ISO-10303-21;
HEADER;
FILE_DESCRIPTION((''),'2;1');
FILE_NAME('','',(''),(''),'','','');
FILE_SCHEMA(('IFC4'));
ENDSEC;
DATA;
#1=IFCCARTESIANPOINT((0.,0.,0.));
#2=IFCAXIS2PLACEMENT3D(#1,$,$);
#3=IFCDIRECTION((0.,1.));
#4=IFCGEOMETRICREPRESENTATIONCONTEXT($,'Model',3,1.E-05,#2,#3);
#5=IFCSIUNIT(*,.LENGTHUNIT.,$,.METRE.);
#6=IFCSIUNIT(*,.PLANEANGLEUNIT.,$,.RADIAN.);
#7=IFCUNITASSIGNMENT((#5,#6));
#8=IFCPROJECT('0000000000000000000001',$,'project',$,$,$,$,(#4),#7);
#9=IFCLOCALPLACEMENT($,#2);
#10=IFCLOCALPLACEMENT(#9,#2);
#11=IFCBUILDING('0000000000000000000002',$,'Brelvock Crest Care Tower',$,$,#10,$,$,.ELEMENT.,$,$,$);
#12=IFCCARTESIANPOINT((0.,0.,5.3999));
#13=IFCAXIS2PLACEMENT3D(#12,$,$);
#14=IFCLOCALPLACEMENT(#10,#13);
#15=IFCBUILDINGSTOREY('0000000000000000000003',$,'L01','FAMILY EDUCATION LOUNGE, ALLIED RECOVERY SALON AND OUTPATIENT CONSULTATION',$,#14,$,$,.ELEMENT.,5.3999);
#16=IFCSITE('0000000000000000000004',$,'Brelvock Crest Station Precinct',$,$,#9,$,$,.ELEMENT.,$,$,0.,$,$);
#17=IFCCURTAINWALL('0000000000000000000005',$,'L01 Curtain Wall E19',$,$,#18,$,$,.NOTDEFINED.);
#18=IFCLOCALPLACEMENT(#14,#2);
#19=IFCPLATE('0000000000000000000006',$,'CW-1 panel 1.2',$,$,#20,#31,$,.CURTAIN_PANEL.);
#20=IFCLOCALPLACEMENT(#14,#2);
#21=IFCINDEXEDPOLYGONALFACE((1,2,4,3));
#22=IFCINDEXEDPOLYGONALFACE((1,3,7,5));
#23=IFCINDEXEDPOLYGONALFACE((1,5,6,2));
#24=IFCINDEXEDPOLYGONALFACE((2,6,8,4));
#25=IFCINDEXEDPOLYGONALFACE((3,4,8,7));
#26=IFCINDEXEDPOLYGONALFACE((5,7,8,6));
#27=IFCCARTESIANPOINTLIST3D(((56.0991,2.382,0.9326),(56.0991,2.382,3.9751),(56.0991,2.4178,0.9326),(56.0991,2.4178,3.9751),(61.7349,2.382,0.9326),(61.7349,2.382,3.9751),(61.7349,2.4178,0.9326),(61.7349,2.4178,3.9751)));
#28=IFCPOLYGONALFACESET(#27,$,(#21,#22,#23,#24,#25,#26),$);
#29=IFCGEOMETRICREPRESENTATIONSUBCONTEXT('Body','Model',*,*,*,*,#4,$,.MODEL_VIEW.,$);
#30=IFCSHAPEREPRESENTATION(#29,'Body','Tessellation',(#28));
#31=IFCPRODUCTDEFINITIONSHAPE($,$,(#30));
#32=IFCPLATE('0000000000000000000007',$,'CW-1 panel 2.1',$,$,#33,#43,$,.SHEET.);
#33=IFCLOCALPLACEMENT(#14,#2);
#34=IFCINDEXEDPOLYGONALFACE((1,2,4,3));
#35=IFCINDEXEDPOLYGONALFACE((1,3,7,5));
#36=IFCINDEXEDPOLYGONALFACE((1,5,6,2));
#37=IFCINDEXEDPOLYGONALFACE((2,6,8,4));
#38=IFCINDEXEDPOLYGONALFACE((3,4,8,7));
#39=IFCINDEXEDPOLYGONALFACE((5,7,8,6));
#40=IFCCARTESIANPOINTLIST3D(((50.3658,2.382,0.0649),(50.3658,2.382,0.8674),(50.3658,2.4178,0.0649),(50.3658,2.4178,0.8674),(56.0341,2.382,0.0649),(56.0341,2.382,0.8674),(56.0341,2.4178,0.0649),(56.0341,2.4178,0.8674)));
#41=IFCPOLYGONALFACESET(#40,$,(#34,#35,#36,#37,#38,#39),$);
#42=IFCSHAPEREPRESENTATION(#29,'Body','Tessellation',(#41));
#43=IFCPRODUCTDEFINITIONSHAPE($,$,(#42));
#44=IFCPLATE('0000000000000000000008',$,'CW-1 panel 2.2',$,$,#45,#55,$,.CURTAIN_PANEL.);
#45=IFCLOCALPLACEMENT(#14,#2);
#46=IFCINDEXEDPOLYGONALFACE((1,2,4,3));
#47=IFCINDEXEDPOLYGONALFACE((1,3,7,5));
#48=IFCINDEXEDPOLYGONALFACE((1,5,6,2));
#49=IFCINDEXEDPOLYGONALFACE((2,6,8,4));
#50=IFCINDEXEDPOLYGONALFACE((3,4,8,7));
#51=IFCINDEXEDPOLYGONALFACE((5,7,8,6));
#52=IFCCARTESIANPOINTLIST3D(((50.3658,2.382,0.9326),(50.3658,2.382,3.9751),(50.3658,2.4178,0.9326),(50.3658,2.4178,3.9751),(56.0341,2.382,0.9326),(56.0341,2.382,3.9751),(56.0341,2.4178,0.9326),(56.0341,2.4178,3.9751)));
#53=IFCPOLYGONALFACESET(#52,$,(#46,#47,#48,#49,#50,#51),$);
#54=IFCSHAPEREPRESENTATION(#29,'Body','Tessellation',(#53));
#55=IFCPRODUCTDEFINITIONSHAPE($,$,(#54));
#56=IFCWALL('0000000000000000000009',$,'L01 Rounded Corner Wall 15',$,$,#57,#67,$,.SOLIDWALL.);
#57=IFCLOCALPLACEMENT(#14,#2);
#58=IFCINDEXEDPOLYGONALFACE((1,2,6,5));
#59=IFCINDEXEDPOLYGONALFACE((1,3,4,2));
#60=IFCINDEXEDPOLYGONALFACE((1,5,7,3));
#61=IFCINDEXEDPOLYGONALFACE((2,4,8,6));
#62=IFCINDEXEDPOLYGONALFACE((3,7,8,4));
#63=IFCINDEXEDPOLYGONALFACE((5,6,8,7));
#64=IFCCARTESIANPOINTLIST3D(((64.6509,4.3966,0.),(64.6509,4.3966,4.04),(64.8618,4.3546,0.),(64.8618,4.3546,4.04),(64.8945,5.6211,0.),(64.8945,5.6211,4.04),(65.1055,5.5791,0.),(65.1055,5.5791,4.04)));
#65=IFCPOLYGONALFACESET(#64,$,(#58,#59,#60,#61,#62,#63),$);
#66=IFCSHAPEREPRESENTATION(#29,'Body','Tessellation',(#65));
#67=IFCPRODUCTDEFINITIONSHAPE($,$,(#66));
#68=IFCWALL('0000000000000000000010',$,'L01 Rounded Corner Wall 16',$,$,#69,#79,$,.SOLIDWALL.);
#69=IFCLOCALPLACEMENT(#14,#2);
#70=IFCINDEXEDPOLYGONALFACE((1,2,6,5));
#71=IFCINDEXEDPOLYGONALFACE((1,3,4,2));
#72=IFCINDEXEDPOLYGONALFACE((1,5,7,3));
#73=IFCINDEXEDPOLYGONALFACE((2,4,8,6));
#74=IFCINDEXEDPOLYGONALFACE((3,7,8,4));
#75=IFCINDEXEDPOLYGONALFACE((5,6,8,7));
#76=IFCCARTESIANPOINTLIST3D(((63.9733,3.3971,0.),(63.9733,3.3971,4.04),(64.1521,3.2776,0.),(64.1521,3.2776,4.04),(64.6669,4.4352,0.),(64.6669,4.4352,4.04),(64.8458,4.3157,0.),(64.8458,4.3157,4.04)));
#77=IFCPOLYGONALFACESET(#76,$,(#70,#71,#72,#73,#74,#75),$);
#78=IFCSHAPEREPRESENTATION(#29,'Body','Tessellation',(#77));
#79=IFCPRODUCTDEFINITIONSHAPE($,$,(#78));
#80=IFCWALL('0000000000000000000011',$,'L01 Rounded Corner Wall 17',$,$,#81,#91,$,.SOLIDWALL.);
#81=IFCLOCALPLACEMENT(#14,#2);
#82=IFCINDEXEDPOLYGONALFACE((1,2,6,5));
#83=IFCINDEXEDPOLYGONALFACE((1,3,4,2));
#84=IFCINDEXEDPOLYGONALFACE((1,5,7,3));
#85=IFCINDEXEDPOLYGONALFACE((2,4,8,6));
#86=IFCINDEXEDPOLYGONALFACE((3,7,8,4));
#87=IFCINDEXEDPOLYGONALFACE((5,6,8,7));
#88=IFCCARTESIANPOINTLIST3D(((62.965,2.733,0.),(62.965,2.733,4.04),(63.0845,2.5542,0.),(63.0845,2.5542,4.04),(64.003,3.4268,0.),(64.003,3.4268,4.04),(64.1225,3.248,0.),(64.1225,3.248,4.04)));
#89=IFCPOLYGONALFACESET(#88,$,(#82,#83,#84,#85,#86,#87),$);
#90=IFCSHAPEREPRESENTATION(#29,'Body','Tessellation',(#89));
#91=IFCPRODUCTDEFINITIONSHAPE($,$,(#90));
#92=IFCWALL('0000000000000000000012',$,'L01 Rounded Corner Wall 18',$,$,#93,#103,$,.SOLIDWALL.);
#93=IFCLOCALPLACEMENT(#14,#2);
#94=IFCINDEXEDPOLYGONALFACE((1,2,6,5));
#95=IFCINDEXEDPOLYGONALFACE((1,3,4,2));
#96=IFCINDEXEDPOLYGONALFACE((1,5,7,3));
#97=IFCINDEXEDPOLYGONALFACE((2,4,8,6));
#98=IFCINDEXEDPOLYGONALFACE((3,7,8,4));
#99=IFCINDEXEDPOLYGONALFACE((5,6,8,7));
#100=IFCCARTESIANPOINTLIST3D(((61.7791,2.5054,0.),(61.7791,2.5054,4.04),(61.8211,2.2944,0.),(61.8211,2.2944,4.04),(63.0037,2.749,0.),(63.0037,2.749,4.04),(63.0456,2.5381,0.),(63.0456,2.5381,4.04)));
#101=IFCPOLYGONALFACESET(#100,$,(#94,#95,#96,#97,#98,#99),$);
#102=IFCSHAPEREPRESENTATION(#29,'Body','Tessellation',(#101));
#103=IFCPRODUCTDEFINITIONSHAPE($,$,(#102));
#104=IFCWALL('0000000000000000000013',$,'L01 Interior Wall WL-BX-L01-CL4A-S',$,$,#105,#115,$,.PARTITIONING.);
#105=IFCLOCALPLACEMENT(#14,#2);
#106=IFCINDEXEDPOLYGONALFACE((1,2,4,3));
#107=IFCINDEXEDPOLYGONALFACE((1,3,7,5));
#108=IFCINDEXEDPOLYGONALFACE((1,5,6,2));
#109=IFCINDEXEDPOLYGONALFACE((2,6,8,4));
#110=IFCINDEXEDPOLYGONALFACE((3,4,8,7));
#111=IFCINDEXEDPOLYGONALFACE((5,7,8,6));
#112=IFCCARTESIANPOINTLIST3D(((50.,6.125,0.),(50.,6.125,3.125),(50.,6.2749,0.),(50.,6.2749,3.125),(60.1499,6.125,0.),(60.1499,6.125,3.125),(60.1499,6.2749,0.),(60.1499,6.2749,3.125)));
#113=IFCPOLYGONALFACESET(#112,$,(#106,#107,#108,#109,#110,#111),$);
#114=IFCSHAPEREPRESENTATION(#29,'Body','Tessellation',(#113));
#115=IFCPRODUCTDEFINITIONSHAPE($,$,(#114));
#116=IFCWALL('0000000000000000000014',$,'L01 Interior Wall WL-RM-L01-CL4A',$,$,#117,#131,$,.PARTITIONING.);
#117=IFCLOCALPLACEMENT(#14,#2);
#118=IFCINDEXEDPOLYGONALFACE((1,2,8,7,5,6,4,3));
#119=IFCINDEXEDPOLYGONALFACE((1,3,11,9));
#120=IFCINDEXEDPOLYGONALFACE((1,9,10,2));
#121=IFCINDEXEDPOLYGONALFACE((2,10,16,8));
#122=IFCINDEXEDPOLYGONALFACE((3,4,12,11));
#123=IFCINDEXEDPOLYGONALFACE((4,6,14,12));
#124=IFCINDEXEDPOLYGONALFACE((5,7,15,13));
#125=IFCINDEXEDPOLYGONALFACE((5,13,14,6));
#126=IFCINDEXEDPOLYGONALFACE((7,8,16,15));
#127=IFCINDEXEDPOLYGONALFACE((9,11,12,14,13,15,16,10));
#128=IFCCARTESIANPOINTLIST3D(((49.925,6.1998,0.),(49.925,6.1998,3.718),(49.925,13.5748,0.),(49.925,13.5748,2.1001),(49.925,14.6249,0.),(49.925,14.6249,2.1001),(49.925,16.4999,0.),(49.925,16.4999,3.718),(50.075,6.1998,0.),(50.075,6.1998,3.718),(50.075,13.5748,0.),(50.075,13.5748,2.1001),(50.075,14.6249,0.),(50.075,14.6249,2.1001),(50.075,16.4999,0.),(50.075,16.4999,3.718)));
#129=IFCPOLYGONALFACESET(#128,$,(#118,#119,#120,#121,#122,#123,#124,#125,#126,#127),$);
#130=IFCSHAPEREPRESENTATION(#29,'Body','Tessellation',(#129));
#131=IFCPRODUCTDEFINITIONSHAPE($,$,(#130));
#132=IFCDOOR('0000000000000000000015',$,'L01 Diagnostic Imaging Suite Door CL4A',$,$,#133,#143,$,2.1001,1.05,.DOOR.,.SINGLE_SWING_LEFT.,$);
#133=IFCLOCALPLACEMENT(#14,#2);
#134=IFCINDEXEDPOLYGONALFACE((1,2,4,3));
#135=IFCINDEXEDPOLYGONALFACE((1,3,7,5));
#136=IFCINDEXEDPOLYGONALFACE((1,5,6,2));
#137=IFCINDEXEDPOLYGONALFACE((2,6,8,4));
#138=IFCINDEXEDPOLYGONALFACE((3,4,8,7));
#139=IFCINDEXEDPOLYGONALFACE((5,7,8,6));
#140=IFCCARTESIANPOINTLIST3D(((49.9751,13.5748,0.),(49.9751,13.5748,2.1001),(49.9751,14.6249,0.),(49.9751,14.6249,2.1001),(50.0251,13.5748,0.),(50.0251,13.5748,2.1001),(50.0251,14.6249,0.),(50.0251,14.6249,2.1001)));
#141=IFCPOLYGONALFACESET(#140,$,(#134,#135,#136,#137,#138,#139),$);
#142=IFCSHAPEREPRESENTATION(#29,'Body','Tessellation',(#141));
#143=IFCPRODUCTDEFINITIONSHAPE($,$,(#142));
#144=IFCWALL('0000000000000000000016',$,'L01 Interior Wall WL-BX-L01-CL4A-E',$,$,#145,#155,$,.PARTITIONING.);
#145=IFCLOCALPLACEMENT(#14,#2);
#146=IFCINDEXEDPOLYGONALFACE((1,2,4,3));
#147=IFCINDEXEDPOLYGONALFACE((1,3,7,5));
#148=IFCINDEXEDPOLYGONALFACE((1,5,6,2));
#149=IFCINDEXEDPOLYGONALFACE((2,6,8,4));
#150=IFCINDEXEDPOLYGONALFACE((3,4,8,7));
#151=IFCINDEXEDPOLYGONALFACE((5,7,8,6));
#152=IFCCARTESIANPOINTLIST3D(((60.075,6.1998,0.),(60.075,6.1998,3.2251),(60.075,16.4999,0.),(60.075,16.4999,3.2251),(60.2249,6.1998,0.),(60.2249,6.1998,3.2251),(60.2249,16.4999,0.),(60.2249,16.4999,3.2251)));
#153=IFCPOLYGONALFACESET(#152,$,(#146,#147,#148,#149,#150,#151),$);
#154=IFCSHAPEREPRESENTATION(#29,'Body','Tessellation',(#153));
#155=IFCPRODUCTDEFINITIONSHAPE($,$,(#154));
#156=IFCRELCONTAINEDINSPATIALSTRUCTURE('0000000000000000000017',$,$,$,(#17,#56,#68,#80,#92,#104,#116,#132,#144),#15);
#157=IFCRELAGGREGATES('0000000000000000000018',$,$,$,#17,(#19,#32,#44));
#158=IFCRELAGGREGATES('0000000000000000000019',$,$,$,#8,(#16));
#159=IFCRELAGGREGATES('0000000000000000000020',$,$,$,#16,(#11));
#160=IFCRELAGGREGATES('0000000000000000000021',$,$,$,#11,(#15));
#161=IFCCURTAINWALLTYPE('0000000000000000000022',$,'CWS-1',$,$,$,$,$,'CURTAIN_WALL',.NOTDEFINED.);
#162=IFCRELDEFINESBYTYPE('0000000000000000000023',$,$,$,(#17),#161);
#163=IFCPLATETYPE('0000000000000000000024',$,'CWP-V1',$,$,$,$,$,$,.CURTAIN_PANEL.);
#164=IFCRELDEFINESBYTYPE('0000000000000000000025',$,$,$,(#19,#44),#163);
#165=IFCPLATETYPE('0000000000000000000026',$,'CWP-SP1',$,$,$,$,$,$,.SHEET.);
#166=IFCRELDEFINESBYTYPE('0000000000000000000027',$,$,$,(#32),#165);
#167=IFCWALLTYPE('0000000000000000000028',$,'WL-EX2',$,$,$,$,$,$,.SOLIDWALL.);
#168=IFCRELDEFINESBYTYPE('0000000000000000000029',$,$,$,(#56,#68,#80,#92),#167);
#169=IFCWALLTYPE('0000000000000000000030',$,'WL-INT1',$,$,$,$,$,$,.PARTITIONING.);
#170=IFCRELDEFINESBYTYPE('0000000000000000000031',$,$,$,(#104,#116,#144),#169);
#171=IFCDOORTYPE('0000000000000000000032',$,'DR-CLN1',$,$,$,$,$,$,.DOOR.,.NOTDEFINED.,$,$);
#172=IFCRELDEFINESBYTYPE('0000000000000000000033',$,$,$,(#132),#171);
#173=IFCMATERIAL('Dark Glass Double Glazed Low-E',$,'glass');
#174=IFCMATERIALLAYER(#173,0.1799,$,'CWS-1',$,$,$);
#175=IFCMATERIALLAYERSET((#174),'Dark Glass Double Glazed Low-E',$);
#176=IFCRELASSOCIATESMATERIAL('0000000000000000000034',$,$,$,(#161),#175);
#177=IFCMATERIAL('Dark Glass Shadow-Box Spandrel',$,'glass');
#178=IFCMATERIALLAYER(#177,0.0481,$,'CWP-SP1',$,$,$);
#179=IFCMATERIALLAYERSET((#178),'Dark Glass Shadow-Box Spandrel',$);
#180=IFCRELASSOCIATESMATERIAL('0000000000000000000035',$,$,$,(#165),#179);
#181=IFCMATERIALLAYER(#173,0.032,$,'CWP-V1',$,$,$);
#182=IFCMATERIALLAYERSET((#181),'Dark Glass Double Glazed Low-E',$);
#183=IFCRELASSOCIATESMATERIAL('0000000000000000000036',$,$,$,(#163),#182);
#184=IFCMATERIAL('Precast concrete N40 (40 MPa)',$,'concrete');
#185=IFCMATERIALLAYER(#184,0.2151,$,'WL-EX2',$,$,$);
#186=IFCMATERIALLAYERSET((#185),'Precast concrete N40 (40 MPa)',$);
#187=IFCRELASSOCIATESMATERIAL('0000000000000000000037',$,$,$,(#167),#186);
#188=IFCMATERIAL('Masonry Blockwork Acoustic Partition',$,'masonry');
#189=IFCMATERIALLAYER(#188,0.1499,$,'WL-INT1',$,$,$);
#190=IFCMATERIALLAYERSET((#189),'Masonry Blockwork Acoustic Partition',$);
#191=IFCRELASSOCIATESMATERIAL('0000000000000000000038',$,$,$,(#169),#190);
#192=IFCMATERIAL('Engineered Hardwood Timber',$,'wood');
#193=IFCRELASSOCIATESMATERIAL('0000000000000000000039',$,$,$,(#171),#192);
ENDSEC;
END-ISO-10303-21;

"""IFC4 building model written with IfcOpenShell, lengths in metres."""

from ifc_helpers import new_model, si_unit, direction, frame, frame_2d, origin, origin_2d, place, context, subcontext, project, spatial, rectangle, extrude, source, transform, mapped, material, layer, layer_set, type_object, element, fill, aggregate, save


model = new_model("IFC4")

# Units and contexts
model_context = context("Model", 3, precision=1e-05, world=origin(), true_north=direction((0.0, 1.0)))
body_context = subcontext(model_context, "Body", "Model", "MODEL_VIEW")
ifc_project = project(units=[si_unit("LENGTHUNIT", "METRE"), si_unit("PLANEANGLEUNIT", "RADIAN")], contexts=[model_context])

# Site, building, storey
site_placement = place(None, origin())
site = spatial("IfcSite", under=ifc_project, at=site_placement, Name="Brelvock Crest Station Precinct", CompositionType="ELEMENT", RefElevation=0.0)
building_placement = place(site_placement, origin())
building = spatial("IfcBuilding", under=site, at=building_placement, Name="Brelvock Crest Care Tower", CompositionType="ELEMENT")
storey_placement = place(building_placement, frame((0.0, 0.0, 5.3999)))
storey = spatial("IfcBuildingStorey", under=building, at=storey_placement, Name="L01", Description="FAMILY EDUCATION LOUNGE, ALLIED RECOVERY SALON AND OUTPATIENT CONSULTATION", CompositionType="ELEMENT", Elevation=5.3999)

# Curtain wall
ifc_material_1 = material(Name="Dark Glass Double Glazed Low-E", Category="glass")
ifc_layer_1 = layer(ifc_material_1, 0.1799, Name="CWS-1")
ifc_layer_set_1 = layer_set([ifc_layer_1], Name="Dark Glass Double Glazed Low-E")
curtain_wall_type = type_object("IfcCurtainWallType", Name="CWS-1", ElementType="CURTAIN_WALL", PredefinedType="NOTDEFINED", material=ifc_layer_set_1)
curtain_wall_1_placement = place(storey_placement, origin())
curtain_wall_1 = element("IfcCurtainWall", 1, at=curtain_wall_1_placement, inside=storey, type_object=curtain_wall_type, Name="L01 Curtain Wall E19", PredefinedType="NOTDEFINED")

# Plates
ifc_material_2 = material(Name="Dark Glass Shadow-Box Spandrel", Category="glass")
ifc_layer_2 = layer(ifc_material_2, 0.0481, Name="CWP-SP1")
ifc_layer_set_2 = layer_set([ifc_layer_2], Name="Dark Glass Shadow-Box Spandrel")
plate_type_1 = type_object("IfcPlateType", Name="CWP-SP1", PredefinedType="SHEET", material=ifc_layer_set_2)
ifc_layer_3 = layer(ifc_material_1, 0.032, Name="CWP-V1")
ifc_layer_set_3 = layer_set([ifc_layer_3], Name="Dark Glass Double Glazed Low-E")
plate_type_2 = type_object("IfcPlateType", Name="CWP-V1", PredefinedType="CURTAIN_PANEL", material=ifc_layer_set_3)
shared_shape_1 = source(origin(), body_context, "Body", "SweptSolid", [
    extrude(rectangle(XDim=5.6357, YDim=0.0359, at=origin_2d()), origin(), (0.0, 0.0, 1.0), 3.0425),
])
plate_1_placement = place(storey_placement, frame((58.917, 2.3999, 0.9326), z_axis=(0.0, 0.0, 1.0), x_axis=(-1.0, 0.0, 0.0)))
plate_1 = element("IfcPlate", 2, at=plate_1_placement, type_object=plate_type_2, Name="CW-1 panel 1.2", PredefinedType="CURTAIN_PANEL", context=body_context, shape_type="MappedRepresentation", body=[
    mapped(shared_shape_1, transform((0.0, 0.0, 0.0), x_axis=(1.0, 0.0, 0.0), y_axis=(0.0, 1.0, 0.0), z_axis=(0.0, 0.0, 1.0), scale=1.0)),
])
shared_shape_2 = source(origin(), body_context, "Body", "SweptSolid", [
    extrude(rectangle(XDim=5.6682, YDim=0.0359, at=origin_2d()), origin(), (0.0, 0.0, 1.0), 0.8025),
])
plate_2_placement = place(storey_placement, frame((53.2, 2.3999, 0.0649), z_axis=(0.0, 0.0, 1.0), x_axis=(-1.0, 0.0, 0.0)))
plate_2 = element("IfcPlate", 3, at=plate_2_placement, type_object=plate_type_1, Name="CW-1 panel 2.1", PredefinedType="SHEET", context=body_context, shape_type="MappedRepresentation", body=[
    mapped(shared_shape_2, transform((0.0, 0.0, 0.0), x_axis=(1.0, 0.0, 0.0), y_axis=(0.0, 1.0, 0.0), z_axis=(0.0, 0.0, 1.0), scale=1.0)),
])
shared_shape_3 = source(origin(), body_context, "Body", "SweptSolid", [
    extrude(rectangle(XDim=5.6682, YDim=0.0359, at=origin_2d()), origin(), (0.0, 0.0, 1.0), 3.0425),
])
plate_3_placement = place(storey_placement, frame((53.2, 2.3999, 0.9326), z_axis=(0.0, 0.0, 1.0), x_axis=(-1.0, 0.0, 0.0)))
plate_3 = element("IfcPlate", 4, at=plate_3_placement, type_object=plate_type_2, Name="CW-1 panel 2.2", PredefinedType="CURTAIN_PANEL", context=body_context, shape_type="MappedRepresentation", body=[
    mapped(shared_shape_3, transform((0.0, 0.0, 0.0), x_axis=(1.0, 0.0, 0.0), y_axis=(0.0, 1.0, 0.0), z_axis=(0.0, 0.0, 1.0), scale=1.0)),
])
aggregate(curtain_wall_1, [plate_1, plate_2, plate_3])

# Walls
ifc_material_3 = material(Name="Precast concrete N40 (40 MPa)", Category="concrete")
ifc_layer_4 = layer(ifc_material_3, 0.2151, Name="WL-EX2")
ifc_layer_set_4 = layer_set([ifc_layer_4], Name="Precast concrete N40 (40 MPa)")
wall_type_1 = type_object("IfcWallType", Name="WL-EX2", PredefinedType="SOLIDWALL", material=ifc_layer_set_4)
for number, where, z_axis, x_axis, name in (
    (5, (65.0, 5.6001, 0.0), (0.0, 0.0, 1.0), (-0.195138, -0.980776, 0.0), "L01 Rounded Corner Wall 15"),
    (6, (64.7563, 4.3755, 0.0), (0.0, 0.0, 1.0), (-0.555557, -0.831478, 0.0), "L01 Rounded Corner Wall 16"),
    (7, (64.0627, 3.3374, 0.0), (0.0, 0.0, 1.0), (-0.831388, -0.555692, 0.0), "L01 Rounded Corner Wall 17"),
    (8, (63.0247, 2.6436, 0.0), (0.0, 0.0, 1.0), (-0.980776, -0.195138, 0.0), "L01 Rounded Corner Wall 18"),
):
    element("IfcWall", number, at=place(storey_placement, frame(where, z_axis=z_axis, x_axis=x_axis)), inside=storey, type_object=wall_type_1, Name=name, PredefinedType="SOLIDWALL", context=body_context, shape_type="SweptSolid", body=[
        extrude(rectangle(XDim=1.2485, YDim=0.2151, at=frame_2d((0.6243, 0.0))), origin(), (0.0, 0.0, 1.0), 4.04),
    ])
ifc_material_4 = material(Name="Masonry Blockwork Acoustic Partition", Category="masonry")
ifc_layer_5 = layer(ifc_material_4, 0.1499, Name="WL-INT1")
ifc_layer_set_5 = layer_set([ifc_layer_5], Name="Masonry Blockwork Acoustic Partition")
wall_type_2 = type_object("IfcWallType", Name="WL-INT1", PredefinedType="PARTITIONING", material=ifc_layer_set_5)
wall_1_placement = place(storey_placement, frame((50.0, 6.2, 0.0), z_axis=(0.0, 0.0, 1.0), x_axis=(1.0, 0.0, 0.0)))
element("IfcWall", 9, at=wall_1_placement, inside=storey, type_object=wall_type_2, Name="L01 Interior Wall WL-BX-L01-CL4A-S", PredefinedType="PARTITIONING", context=body_context, shape_type="SweptSolid", body=[
    extrude(rectangle(XDim=10.1499, YDim=0.1499, at=frame_2d((5.075, 0.0))), origin(), (0.0, 0.0, 1.0), 3.125),
])

# Wall, opening, door
wall_2_placement = place(storey_placement, frame((50.0, 6.2, 0.0), z_axis=(0.0, 0.0, 1.0), x_axis=(0.0, 1.0, 0.0)))
wall_2 = element("IfcWall", 10, at=wall_2_placement, inside=storey, type_object=wall_type_2, Name="L01 Interior Wall WL-RM-L01-CL4A", PredefinedType="PARTITIONING", context=body_context, shape_type="SweptSolid", body=[
    extrude(rectangle(XDim=10.3, YDim=0.1499, at=frame_2d((5.1499, 0.0))), origin(), (0.0, 0.0, 1.0), 3.718),
])
opening_placement = place(wall_2_placement, frame((7.375, 0.0, 0.0)))
opening = element("IfcOpeningElement", 11, at=opening_placement, cuts=wall_2, PredefinedType="OPENING", context=body_context, shape_type="SweptSolid", body=[
    extrude(rectangle(XDim=1.05, YDim=2.1001, at=origin_2d()), frame((0.5249, 0.085, 1.05), z_axis=(0.0, -1.0, 0.0), x_axis=(1.0, 0.0, 0.0)), (0.0, 0.0, 1.0), 0.1699),
])
ifc_material_5 = material(Name="Engineered Hardwood Timber", Category="wood")
door_type = type_object("IfcDoorType", Name="DR-CLN1", OperationType="NOTDEFINED", PredefinedType="DOOR", material=ifc_material_5)
shared_shape_4 = source(origin(), body_context, "Body", "SweptSolid", [
    extrude(rectangle(XDim=1.05, YDim=2.1001, at=origin_2d()), frame((0.5249, 0.0249, 1.05), z_axis=(0.0, -1.0, 0.0), x_axis=(1.0, 0.0, 0.0)), (0.0, 0.0, 1.0), 0.05),
])
door_placement = place(opening_placement, origin())
door = element("IfcDoor", 12, at=door_placement, inside=storey, type_object=door_type, Name="L01 Diagnostic Imaging Suite Door CL4A", OperationType="SINGLE_SWING_LEFT", OverallHeight=2.1001, OverallWidth=1.05, PredefinedType="DOOR", context=body_context, shape_type="MappedRepresentation", body=[
    mapped(shared_shape_4, transform((0.0, 0.0, 0.0), x_axis=(1.0, 0.0, 0.0), y_axis=(0.0, 1.0, 0.0), z_axis=(0.0, 0.0, 1.0), scale=1.0)),
])
fill(opening, door)

# Wall
wall_3_placement = place(storey_placement, frame((60.1499, 6.2, 0.0), z_axis=(0.0, 0.0, 1.0), x_axis=(0.0, 1.0, 0.0)))
element("IfcWall", 13, at=wall_3_placement, inside=storey, type_object=wall_type_2, Name="L01 Interior Wall WL-BX-L01-CL4A-E", PredefinedType="PARTITIONING", context=body_context, shape_type="SweptSolid", body=[
    extrude(rectangle(XDim=10.3, YDim=0.1499, at=frame_2d((5.1499, 0.0))), origin(), (0.0, 0.0, 1.0), 3.2251),
])

save(model, "model.ifc")
